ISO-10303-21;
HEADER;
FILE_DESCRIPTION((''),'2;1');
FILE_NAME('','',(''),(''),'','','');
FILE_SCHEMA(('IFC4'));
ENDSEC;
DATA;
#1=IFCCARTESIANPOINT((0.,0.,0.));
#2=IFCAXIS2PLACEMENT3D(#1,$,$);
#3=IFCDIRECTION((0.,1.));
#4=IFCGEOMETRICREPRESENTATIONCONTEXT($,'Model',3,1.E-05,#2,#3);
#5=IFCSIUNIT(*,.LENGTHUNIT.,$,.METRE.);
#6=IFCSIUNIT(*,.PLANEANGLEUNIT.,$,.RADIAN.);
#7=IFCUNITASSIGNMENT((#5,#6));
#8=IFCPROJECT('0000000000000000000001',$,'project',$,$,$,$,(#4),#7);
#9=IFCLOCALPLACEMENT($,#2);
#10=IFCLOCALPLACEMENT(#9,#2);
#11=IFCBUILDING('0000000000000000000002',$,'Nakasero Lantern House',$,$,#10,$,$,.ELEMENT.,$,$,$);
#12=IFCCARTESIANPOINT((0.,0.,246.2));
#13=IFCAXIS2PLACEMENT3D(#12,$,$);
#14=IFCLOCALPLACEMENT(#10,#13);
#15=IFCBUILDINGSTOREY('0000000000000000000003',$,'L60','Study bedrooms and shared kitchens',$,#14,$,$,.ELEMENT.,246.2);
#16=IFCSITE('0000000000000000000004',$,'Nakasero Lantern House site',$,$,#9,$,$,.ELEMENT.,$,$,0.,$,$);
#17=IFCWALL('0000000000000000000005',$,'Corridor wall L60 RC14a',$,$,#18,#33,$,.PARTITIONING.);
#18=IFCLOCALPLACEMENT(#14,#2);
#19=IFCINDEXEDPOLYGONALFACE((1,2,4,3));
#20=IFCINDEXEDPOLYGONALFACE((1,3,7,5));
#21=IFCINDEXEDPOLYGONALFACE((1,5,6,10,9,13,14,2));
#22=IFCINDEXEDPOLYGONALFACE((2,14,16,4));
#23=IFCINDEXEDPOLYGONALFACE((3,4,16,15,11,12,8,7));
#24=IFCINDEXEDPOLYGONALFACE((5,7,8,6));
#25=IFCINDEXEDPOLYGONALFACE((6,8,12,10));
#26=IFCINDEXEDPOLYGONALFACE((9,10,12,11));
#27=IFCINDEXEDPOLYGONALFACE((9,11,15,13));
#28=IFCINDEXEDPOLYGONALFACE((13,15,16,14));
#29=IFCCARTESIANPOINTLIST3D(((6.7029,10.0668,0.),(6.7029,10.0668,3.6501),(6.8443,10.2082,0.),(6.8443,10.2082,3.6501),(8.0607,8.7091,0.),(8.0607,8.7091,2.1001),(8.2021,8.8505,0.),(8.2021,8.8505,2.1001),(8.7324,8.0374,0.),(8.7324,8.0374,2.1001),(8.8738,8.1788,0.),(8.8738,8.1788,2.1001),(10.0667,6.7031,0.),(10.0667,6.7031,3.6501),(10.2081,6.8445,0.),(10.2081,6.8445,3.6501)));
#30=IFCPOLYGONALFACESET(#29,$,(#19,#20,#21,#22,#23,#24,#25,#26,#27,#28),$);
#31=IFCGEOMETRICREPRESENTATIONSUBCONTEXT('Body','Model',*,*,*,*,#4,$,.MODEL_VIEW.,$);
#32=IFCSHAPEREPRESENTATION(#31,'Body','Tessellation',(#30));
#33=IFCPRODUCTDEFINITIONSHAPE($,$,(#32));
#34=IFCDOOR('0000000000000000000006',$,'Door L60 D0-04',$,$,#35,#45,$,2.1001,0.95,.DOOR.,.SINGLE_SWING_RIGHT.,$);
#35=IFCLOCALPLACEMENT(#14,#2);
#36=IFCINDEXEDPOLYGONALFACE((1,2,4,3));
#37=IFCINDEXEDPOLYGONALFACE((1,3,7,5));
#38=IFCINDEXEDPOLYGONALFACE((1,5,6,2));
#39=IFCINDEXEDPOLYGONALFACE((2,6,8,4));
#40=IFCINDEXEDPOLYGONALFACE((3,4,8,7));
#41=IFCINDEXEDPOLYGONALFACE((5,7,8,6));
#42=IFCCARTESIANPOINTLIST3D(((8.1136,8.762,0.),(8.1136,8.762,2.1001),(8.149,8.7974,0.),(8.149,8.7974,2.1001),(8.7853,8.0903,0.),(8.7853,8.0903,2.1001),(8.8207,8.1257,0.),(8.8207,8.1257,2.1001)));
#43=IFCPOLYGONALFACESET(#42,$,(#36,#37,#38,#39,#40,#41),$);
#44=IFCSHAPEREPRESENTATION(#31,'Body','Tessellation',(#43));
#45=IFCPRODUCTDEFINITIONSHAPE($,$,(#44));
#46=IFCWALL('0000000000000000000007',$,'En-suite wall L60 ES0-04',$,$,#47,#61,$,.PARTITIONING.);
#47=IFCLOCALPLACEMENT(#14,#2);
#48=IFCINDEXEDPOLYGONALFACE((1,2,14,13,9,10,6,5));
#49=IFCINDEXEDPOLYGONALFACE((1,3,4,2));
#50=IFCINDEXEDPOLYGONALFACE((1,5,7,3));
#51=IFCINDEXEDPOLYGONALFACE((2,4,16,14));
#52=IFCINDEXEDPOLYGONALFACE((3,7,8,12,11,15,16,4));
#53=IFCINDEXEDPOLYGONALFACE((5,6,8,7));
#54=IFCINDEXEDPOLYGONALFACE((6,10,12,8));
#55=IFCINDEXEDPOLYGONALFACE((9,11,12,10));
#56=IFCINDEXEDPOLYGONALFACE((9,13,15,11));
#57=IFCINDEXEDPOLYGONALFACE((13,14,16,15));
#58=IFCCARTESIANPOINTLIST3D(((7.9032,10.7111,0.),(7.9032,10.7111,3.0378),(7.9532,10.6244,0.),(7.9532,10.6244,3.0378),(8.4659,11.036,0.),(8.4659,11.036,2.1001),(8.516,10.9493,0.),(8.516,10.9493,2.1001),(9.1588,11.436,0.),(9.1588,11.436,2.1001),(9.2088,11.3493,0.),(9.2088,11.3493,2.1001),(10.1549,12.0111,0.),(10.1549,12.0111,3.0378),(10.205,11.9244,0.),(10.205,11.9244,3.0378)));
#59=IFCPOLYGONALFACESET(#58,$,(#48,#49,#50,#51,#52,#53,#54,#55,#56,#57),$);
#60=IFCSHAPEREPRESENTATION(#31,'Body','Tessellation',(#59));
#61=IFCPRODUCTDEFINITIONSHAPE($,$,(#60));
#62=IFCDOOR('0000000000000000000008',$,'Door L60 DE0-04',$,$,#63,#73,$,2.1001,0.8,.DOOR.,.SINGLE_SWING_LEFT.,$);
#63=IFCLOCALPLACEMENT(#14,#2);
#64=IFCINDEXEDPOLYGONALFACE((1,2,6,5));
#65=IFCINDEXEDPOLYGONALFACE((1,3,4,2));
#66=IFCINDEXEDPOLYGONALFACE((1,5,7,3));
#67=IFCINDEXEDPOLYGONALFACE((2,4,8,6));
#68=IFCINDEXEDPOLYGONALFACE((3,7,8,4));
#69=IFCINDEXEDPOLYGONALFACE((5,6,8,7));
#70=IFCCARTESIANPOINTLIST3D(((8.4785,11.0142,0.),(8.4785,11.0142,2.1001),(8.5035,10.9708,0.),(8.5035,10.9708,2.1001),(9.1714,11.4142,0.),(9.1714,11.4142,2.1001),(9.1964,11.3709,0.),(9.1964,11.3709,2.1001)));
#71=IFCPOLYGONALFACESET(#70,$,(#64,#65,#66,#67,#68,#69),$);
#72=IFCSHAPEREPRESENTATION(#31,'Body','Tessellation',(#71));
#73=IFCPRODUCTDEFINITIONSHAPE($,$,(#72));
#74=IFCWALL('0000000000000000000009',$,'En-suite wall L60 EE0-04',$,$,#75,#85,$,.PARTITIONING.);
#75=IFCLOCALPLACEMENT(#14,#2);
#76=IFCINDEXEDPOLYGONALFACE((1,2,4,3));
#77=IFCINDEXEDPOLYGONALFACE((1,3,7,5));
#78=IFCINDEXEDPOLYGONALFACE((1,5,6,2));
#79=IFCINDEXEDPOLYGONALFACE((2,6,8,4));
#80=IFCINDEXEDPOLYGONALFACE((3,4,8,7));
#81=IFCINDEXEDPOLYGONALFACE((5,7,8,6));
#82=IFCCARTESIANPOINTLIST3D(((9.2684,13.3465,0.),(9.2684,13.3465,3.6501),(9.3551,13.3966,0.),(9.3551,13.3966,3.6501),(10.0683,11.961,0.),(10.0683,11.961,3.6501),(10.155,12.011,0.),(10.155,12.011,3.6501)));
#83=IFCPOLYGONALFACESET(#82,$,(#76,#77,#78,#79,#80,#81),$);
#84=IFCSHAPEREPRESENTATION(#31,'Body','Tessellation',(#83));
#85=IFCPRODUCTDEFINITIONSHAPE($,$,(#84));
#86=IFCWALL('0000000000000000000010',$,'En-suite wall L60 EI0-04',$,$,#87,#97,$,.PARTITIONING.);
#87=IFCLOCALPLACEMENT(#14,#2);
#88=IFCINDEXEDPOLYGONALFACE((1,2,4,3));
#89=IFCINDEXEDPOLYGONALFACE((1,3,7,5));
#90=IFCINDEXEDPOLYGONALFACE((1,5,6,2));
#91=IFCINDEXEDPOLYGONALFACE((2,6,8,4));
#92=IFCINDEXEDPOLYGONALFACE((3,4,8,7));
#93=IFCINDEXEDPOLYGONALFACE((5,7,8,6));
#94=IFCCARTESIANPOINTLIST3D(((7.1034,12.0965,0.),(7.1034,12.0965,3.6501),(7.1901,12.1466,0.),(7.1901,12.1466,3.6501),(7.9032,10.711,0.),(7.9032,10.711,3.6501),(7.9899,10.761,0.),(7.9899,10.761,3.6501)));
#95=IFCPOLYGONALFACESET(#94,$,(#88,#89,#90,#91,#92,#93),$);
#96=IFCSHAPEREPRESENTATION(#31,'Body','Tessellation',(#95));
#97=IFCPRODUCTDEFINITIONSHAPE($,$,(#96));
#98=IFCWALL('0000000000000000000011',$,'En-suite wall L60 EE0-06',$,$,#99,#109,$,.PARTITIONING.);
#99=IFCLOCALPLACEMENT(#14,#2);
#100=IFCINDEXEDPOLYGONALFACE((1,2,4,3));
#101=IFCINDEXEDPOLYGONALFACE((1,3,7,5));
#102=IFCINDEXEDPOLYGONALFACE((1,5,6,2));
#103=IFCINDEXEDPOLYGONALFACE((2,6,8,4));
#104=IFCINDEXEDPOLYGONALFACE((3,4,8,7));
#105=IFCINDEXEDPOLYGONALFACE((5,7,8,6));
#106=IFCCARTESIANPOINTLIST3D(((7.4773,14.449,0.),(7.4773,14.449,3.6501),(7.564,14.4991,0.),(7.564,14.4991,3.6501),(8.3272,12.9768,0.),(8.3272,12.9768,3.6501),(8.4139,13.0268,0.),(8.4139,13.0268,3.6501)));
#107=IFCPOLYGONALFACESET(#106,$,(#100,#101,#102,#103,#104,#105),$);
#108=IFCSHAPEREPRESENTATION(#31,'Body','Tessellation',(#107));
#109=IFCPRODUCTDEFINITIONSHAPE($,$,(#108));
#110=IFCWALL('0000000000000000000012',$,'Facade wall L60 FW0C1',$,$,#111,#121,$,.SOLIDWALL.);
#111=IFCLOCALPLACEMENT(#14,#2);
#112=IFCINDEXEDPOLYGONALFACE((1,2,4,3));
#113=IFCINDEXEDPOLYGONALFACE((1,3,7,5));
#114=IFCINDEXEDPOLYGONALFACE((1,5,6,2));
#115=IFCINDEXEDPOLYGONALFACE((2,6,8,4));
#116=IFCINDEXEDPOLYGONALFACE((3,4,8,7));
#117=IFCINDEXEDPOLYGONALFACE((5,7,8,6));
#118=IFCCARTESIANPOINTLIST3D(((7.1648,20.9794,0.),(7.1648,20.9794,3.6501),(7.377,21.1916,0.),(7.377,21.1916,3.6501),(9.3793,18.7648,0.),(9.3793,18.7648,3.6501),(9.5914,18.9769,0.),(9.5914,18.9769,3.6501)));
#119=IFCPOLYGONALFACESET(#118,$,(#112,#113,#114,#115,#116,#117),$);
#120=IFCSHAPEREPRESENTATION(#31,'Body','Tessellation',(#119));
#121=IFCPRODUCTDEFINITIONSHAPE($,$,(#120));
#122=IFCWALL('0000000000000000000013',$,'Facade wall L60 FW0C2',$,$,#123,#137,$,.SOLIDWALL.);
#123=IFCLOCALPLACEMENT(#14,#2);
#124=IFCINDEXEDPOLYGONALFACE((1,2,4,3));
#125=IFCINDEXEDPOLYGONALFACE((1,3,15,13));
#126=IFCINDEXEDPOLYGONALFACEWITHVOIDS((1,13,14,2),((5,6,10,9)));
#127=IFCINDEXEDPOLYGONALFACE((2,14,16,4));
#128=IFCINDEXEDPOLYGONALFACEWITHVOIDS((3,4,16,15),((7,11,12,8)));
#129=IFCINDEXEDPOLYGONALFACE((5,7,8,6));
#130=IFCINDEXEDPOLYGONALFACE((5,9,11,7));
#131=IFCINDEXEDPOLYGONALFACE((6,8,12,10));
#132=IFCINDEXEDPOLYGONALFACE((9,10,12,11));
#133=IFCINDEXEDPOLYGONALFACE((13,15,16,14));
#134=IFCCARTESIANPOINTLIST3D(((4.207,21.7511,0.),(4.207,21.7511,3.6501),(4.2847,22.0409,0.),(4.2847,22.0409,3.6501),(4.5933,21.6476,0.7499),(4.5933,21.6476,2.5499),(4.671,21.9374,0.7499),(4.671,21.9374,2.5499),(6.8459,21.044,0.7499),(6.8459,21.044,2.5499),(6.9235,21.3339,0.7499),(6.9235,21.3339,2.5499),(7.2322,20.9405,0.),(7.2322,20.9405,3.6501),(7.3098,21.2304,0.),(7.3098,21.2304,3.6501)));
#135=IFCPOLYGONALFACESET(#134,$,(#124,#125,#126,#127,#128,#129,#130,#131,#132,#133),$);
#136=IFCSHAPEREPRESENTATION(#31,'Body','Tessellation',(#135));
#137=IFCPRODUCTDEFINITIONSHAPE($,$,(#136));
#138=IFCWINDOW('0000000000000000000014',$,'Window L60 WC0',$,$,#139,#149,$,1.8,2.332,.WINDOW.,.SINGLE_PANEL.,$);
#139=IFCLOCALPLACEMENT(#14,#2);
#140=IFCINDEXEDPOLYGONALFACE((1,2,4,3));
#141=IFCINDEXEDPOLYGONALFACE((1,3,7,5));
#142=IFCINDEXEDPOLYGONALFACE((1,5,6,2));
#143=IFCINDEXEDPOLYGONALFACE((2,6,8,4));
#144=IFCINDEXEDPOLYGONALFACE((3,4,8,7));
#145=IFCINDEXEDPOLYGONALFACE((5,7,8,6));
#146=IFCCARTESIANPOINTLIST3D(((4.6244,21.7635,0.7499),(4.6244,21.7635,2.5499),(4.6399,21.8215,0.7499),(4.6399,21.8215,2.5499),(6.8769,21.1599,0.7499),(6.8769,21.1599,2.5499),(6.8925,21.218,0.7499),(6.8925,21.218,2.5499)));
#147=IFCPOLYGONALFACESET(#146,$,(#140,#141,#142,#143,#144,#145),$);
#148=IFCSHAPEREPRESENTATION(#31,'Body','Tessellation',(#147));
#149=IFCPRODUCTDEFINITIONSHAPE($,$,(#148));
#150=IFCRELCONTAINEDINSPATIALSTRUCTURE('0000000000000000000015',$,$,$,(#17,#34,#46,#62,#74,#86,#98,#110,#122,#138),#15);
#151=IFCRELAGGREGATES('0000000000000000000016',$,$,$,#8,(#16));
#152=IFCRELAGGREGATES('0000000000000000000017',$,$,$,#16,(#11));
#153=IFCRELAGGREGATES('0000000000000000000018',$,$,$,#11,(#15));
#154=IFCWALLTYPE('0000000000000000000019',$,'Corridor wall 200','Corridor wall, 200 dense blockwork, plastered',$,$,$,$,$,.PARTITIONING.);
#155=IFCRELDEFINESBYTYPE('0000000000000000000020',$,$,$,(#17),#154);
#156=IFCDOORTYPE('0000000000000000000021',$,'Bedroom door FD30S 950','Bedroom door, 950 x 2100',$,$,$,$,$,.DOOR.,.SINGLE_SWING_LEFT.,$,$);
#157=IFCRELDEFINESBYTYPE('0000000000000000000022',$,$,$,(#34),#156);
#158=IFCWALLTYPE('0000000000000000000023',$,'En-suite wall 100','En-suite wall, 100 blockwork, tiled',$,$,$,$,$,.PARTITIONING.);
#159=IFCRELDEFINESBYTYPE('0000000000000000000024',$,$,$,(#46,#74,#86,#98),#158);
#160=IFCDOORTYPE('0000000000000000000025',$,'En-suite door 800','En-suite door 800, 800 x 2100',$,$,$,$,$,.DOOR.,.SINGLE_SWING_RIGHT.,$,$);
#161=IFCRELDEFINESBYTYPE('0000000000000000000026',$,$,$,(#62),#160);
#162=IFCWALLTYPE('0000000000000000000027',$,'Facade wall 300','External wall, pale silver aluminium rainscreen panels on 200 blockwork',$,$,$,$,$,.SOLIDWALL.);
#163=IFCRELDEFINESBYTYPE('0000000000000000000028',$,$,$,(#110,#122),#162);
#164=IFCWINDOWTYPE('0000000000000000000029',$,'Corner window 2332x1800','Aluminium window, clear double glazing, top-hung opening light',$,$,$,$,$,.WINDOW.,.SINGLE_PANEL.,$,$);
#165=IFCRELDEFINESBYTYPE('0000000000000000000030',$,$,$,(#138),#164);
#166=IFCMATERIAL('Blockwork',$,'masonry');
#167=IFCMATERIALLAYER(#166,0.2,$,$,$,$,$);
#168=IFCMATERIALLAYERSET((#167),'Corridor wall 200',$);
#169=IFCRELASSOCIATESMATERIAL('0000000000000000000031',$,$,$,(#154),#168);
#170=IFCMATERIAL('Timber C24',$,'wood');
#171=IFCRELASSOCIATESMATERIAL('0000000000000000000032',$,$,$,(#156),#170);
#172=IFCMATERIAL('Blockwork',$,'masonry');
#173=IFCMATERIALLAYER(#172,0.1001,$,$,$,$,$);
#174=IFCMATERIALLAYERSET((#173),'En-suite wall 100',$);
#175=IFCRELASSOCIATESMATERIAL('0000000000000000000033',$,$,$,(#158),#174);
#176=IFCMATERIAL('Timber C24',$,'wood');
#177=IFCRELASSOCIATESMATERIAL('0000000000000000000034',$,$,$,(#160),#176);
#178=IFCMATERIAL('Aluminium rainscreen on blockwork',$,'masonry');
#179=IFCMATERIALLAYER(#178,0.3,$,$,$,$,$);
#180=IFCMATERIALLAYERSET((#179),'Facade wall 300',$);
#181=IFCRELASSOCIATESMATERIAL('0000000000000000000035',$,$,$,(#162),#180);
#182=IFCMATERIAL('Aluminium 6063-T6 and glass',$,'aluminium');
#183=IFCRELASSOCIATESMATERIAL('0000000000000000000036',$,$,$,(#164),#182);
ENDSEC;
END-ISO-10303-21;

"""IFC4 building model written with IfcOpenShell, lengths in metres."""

from ifc_helpers import new_model, si_unit, direction, frame, frame_2d, origin, place, context, subcontext, project, spatial, rectangle, extrude, material, layer, layer_set, type_object, element, fill, save


model = new_model("IFC4")

# Units and contexts
model_context = context("Model", 3, precision=1e-05, world=origin(), true_north=direction((0.0, 1.0)))
body_context = subcontext(model_context, "Body", "Model", "MODEL_VIEW")
ifc_project = project(units=[si_unit("LENGTHUNIT", "METRE"), si_unit("PLANEANGLEUNIT", "RADIAN")], contexts=[model_context])

# Site, building, storey
site_placement = place(None, origin())
site = spatial("IfcSite", under=ifc_project, at=site_placement, Name="Nakasero Lantern House site", CompositionType="ELEMENT", RefElevation=0.0)
building_placement = place(site_placement, origin())
building = spatial("IfcBuilding", under=site, at=building_placement, Name="Nakasero Lantern House", CompositionType="ELEMENT")
storey_placement = place(building_placement, frame((0.0, 0.0, 246.2)))
storey = spatial("IfcBuildingStorey", under=building, at=storey_placement, Name="L60", Description="Study bedrooms and shared kitchens", CompositionType="ELEMENT", Elevation=246.2)

# Walls, openings, doors
ifc_material_1 = material(Name="Blockwork", Category="masonry")
ifc_layer_1 = layer(ifc_material_1, 0.2)
ifc_layer_set_1 = layer_set([ifc_layer_1], Name="Corridor wall 200")
wall_type_1 = type_object("IfcWallType", Name="Corridor wall 200", Description="Corridor wall, 200 dense blockwork, plastered", PredefinedType="PARTITIONING", material=ifc_layer_set_1)
wall_1_placement = place(storey_placement, frame((6.7737, 10.1375, 0.0), z_axis=(0.0, 0.0, 1.0), x_axis=(0.707107, -0.707107, 0.0)))
wall_1 = element("IfcWall", 1, at=wall_1_placement, inside=storey, type_object=wall_type_1, Name="Corridor wall L60 RC14a", PredefinedType="PARTITIONING", context=body_context, shape_type="SweptSolid", body=[
    extrude(rectangle(XDim=4.7571, YDim=0.2, at=frame_2d((2.3784, 0.0))), origin(), (0.0, 0.0, 1.0), 3.6501),
])
opening_1_placement = place(wall_1_placement, frame((1.9199, 0.0, 0.0)))
opening_1 = element("IfcOpeningElement", 2, at=opening_1_placement, cuts=wall_1, PredefinedType="OPENING", context=body_context, shape_type="SweptSolid", body=[
    extrude(rectangle(XDim=0.95, YDim=2.1001, at=frame_2d((0.4751, 1.05))), frame((0.0, 0.1199, 0.0), z_axis=(0.0, -1.0, 0.0), x_axis=(1.0, 0.0, 0.0)), (0.0, 0.0, 1.0), 0.24),
])
ifc_material_2 = material(Name="Timber C24", Category="wood")
door_type_1 = type_object("IfcDoorType", Name="Bedroom door FD30S 950", Description="Bedroom door, 950 x 2100", OperationType="SINGLE_SWING_LEFT", PredefinedType="DOOR", material=ifc_material_2)
door_1_placement = place(opening_1_placement, origin())
door_1 = element("IfcDoor", 3, at=door_1_placement, inside=storey, type_object=door_type_1, Name="Door L60 D0-04", OperationType="SINGLE_SWING_RIGHT", OverallHeight=2.1001, OverallWidth=0.95, PredefinedType="DOOR", context=body_context, shape_type="SweptSolid", body=[
    extrude(rectangle(XDim=0.95, YDim=2.1001, at=frame_2d((0.4751, 1.05))), frame((0.0, 0.0249, 0.0), z_axis=(0.0, -1.0, 0.0), x_axis=(1.0, 0.0, 0.0)), (0.0, 0.0, 1.0), 0.05),
])
fill(opening_1, door_1)
ifc_material_3 = material(Name="Blockwork", Category="masonry")
ifc_layer_2 = layer(ifc_material_3, 0.1001)
ifc_layer_set_2 = layer_set([ifc_layer_2], Name="En-suite wall 100")
wall_type_2 = type_object("IfcWallType", Name="En-suite wall 100", Description="En-suite wall, 100 blockwork, tiled", PredefinedType="PARTITIONING", material=ifc_layer_set_2)
wall_2_placement = place(storey_placement, frame((7.9282, 10.6677, 0.0), z_axis=(0.0, 0.0, 1.0), x_axis=(0.866021, 0.500007, 0.0)))
wall_2 = element("IfcWall", 4, at=wall_2_placement, inside=storey, type_object=wall_type_2, Name="En-suite wall L60 ES0-04", PredefinedType="PARTITIONING", context=body_context, shape_type="SweptSolid", body=[
    extrude(rectangle(XDim=2.6001, YDim=0.1001, at=frame_2d((1.3, 0.0))), origin(), (0.0, 0.0, 1.0), 3.0378),
])
opening_2_placement = place(wall_2_placement, frame((0.6499, 0.0, 0.0)))
opening_2 = element("IfcOpeningElement", 5, at=opening_2_placement, cuts=wall_2, PredefinedType="OPENING", context=body_context, shape_type="SweptSolid", body=[
    extrude(rectangle(XDim=0.8, YDim=2.1001, at=frame_2d((0.3999, 1.05))), frame((0.0, 0.0701, 0.0), z_axis=(0.0, -1.0, 0.0), x_axis=(1.0, 0.0, 0.0)), (0.0, 0.0, 1.0), 0.1401),
])
ifc_material_4 = material(Name="Timber C24", Category="wood")
door_type_2 = type_object("IfcDoorType", Name="En-suite door 800", Description="En-suite door 800, 800 x 2100", OperationType="SINGLE_SWING_RIGHT", PredefinedType="DOOR", material=ifc_material_4)
door_2_placement = place(opening_2_placement, origin())
door_2 = element("IfcDoor", 6, at=door_2_placement, inside=storey, type_object=door_type_2, Name="Door L60 DE0-04", OperationType="SINGLE_SWING_LEFT", OverallHeight=2.1001, OverallWidth=0.8, PredefinedType="DOOR", context=body_context, shape_type="SweptSolid", body=[
    extrude(rectangle(XDim=0.8, YDim=2.1001, at=frame_2d((0.3999, 1.05))), frame((0.0, 0.0249, 0.0), z_axis=(0.0, -1.0, 0.0), x_axis=(1.0, 0.0, 0.0)), (0.0, 0.0, 1.0), 0.05),
])
fill(opening_2, door_2)

# Walls
for number, where, z_axis, x_axis, name in (
    (7, (10.1116, 11.9861, 0.0), (0.0, 0.0, 1.0), (-0.499947, 0.866056, 0.0), "En-suite wall L60 EE0-04"),
    (8, (7.9465, 10.7361, 0.0), (0.0, 0.0, 1.0), (-0.499947, 0.866056, 0.0), "En-suite wall L60 EI0-04"),
):
    element("IfcWall", number, at=place(storey_placement, frame(where, z_axis=z_axis, x_axis=x_axis)), inside=storey, type_object=wall_type_2, Name=name, PredefinedType="PARTITIONING", context=body_context, shape_type="SweptSolid", body=[
        extrude(rectangle(XDim=1.5999, YDim=0.1001, at=frame_2d((0.7998, 0.0))), origin(), (0.0, 0.0, 1.0), 3.6501),
    ])
wall_3_placement = place(storey_placement, frame((8.3706, 13.0017, 0.0), z_axis=(0.0, 0.0, 1.0), x_axis=(-0.499955, 0.866052, 0.0)))
element("IfcWall", 9, at=wall_3_placement, inside=storey, type_object=wall_type_2, Name="En-suite wall L60 EE0-06", PredefinedType="PARTITIONING", context=body_context, shape_type="SweptSolid", body=[
    extrude(rectangle(XDim=1.7, YDim=0.1001, at=frame_2d((0.8501, 0.0))), origin(), (0.0, 0.0, 1.0), 3.6501),
])
ifc_material_5 = material(Name="Aluminium rainscreen on blockwork", Category="masonry")
ifc_layer_3 = layer(ifc_material_5, 0.3)
ifc_layer_set_3 = layer_set([ifc_layer_3], Name="Facade wall 300")
wall_type_3 = type_object("IfcWallType", Name="Facade wall 300", Description="External wall, pale silver aluminium rainscreen panels on 200 blockwork", PredefinedType="SOLIDWALL", material=ifc_layer_set_3)
wall_4_placement = place(storey_placement, frame((9.4854, 18.8708, 0.0), z_axis=(0.0, 0.0, 1.0), x_axis=(-0.707068, 0.707146, 0.0)))
element("IfcWall", 10, at=wall_4_placement, inside=storey, type_object=wall_type_3, Name="Facade wall L60 FW0C1", PredefinedType="SOLIDWALL", context=body_context, shape_type="SweptSolid", body=[
    extrude(rectangle(XDim=3.1318, YDim=0.3, at=frame_2d((1.5659, 0.0))), origin(), (0.0, 0.0, 1.0), 3.6501),
])

# Wall, opening, window
wall_5_placement = place(storey_placement, frame((7.271, 21.0854, 0.0), z_axis=(0.0, 0.0, 1.0), x_axis=(-0.965929, 0.258808, 0.0)))
wall_5 = element("IfcWall", 11, at=wall_5_placement, inside=storey, type_object=wall_type_3, Name="Facade wall L60 FW0C2", PredefinedType="SOLIDWALL", context=body_context, shape_type="SweptSolid", body=[
    extrude(rectangle(XDim=3.1318, YDim=0.3, at=frame_2d((1.5659, 0.0))), origin(), (0.0, 0.0, 1.0), 3.6501),
])
opening_3_placement = place(wall_5_placement, frame((0.3999, 0.0, 0.75)))
opening_3 = element("IfcOpeningElement", 12, at=opening_3_placement, cuts=wall_5, PredefinedType="OPENING", context=body_context, shape_type="SweptSolid", body=[
    extrude(rectangle(XDim=2.332, YDim=1.8, at=frame_2d((1.166, 0.8999))), frame((0.0, 0.1699, 0.0), z_axis=(0.0, -1.0, 0.0), x_axis=(1.0, 0.0, 0.0)), (0.0, 0.0, 1.0), 0.3401),
])
ifc_material_6 = material(Name="Aluminium 6063-T6 and glass", Category="aluminium")
window_type = type_object("IfcWindowType", Name="Corner window 2332x1800", Description="Aluminium window, clear double glazing, top-hung opening light", PartitioningType="SINGLE_PANEL", PredefinedType="WINDOW", material=ifc_material_6)
window_placement = place(opening_3_placement, origin())
window = element("IfcWindow", 13, at=window_placement, inside=storey, type_object=window_type, Name="Window L60 WC0", OverallHeight=1.8, OverallWidth=2.332, PartitioningType="SINGLE_PANEL", PredefinedType="WINDOW", context=body_context, shape_type="SweptSolid", body=[
    extrude(rectangle(XDim=2.332, YDim=1.8, at=frame_2d((1.166, 0.8999))), frame((0.0, 0.03, 0.0), z_axis=(0.0, -1.0, 0.0), x_axis=(1.0, 0.0, 0.0)), (0.0, 0.0, 1.0), 0.0601),
])
fill(opening_3, window)

save(model, "model.ifc")
